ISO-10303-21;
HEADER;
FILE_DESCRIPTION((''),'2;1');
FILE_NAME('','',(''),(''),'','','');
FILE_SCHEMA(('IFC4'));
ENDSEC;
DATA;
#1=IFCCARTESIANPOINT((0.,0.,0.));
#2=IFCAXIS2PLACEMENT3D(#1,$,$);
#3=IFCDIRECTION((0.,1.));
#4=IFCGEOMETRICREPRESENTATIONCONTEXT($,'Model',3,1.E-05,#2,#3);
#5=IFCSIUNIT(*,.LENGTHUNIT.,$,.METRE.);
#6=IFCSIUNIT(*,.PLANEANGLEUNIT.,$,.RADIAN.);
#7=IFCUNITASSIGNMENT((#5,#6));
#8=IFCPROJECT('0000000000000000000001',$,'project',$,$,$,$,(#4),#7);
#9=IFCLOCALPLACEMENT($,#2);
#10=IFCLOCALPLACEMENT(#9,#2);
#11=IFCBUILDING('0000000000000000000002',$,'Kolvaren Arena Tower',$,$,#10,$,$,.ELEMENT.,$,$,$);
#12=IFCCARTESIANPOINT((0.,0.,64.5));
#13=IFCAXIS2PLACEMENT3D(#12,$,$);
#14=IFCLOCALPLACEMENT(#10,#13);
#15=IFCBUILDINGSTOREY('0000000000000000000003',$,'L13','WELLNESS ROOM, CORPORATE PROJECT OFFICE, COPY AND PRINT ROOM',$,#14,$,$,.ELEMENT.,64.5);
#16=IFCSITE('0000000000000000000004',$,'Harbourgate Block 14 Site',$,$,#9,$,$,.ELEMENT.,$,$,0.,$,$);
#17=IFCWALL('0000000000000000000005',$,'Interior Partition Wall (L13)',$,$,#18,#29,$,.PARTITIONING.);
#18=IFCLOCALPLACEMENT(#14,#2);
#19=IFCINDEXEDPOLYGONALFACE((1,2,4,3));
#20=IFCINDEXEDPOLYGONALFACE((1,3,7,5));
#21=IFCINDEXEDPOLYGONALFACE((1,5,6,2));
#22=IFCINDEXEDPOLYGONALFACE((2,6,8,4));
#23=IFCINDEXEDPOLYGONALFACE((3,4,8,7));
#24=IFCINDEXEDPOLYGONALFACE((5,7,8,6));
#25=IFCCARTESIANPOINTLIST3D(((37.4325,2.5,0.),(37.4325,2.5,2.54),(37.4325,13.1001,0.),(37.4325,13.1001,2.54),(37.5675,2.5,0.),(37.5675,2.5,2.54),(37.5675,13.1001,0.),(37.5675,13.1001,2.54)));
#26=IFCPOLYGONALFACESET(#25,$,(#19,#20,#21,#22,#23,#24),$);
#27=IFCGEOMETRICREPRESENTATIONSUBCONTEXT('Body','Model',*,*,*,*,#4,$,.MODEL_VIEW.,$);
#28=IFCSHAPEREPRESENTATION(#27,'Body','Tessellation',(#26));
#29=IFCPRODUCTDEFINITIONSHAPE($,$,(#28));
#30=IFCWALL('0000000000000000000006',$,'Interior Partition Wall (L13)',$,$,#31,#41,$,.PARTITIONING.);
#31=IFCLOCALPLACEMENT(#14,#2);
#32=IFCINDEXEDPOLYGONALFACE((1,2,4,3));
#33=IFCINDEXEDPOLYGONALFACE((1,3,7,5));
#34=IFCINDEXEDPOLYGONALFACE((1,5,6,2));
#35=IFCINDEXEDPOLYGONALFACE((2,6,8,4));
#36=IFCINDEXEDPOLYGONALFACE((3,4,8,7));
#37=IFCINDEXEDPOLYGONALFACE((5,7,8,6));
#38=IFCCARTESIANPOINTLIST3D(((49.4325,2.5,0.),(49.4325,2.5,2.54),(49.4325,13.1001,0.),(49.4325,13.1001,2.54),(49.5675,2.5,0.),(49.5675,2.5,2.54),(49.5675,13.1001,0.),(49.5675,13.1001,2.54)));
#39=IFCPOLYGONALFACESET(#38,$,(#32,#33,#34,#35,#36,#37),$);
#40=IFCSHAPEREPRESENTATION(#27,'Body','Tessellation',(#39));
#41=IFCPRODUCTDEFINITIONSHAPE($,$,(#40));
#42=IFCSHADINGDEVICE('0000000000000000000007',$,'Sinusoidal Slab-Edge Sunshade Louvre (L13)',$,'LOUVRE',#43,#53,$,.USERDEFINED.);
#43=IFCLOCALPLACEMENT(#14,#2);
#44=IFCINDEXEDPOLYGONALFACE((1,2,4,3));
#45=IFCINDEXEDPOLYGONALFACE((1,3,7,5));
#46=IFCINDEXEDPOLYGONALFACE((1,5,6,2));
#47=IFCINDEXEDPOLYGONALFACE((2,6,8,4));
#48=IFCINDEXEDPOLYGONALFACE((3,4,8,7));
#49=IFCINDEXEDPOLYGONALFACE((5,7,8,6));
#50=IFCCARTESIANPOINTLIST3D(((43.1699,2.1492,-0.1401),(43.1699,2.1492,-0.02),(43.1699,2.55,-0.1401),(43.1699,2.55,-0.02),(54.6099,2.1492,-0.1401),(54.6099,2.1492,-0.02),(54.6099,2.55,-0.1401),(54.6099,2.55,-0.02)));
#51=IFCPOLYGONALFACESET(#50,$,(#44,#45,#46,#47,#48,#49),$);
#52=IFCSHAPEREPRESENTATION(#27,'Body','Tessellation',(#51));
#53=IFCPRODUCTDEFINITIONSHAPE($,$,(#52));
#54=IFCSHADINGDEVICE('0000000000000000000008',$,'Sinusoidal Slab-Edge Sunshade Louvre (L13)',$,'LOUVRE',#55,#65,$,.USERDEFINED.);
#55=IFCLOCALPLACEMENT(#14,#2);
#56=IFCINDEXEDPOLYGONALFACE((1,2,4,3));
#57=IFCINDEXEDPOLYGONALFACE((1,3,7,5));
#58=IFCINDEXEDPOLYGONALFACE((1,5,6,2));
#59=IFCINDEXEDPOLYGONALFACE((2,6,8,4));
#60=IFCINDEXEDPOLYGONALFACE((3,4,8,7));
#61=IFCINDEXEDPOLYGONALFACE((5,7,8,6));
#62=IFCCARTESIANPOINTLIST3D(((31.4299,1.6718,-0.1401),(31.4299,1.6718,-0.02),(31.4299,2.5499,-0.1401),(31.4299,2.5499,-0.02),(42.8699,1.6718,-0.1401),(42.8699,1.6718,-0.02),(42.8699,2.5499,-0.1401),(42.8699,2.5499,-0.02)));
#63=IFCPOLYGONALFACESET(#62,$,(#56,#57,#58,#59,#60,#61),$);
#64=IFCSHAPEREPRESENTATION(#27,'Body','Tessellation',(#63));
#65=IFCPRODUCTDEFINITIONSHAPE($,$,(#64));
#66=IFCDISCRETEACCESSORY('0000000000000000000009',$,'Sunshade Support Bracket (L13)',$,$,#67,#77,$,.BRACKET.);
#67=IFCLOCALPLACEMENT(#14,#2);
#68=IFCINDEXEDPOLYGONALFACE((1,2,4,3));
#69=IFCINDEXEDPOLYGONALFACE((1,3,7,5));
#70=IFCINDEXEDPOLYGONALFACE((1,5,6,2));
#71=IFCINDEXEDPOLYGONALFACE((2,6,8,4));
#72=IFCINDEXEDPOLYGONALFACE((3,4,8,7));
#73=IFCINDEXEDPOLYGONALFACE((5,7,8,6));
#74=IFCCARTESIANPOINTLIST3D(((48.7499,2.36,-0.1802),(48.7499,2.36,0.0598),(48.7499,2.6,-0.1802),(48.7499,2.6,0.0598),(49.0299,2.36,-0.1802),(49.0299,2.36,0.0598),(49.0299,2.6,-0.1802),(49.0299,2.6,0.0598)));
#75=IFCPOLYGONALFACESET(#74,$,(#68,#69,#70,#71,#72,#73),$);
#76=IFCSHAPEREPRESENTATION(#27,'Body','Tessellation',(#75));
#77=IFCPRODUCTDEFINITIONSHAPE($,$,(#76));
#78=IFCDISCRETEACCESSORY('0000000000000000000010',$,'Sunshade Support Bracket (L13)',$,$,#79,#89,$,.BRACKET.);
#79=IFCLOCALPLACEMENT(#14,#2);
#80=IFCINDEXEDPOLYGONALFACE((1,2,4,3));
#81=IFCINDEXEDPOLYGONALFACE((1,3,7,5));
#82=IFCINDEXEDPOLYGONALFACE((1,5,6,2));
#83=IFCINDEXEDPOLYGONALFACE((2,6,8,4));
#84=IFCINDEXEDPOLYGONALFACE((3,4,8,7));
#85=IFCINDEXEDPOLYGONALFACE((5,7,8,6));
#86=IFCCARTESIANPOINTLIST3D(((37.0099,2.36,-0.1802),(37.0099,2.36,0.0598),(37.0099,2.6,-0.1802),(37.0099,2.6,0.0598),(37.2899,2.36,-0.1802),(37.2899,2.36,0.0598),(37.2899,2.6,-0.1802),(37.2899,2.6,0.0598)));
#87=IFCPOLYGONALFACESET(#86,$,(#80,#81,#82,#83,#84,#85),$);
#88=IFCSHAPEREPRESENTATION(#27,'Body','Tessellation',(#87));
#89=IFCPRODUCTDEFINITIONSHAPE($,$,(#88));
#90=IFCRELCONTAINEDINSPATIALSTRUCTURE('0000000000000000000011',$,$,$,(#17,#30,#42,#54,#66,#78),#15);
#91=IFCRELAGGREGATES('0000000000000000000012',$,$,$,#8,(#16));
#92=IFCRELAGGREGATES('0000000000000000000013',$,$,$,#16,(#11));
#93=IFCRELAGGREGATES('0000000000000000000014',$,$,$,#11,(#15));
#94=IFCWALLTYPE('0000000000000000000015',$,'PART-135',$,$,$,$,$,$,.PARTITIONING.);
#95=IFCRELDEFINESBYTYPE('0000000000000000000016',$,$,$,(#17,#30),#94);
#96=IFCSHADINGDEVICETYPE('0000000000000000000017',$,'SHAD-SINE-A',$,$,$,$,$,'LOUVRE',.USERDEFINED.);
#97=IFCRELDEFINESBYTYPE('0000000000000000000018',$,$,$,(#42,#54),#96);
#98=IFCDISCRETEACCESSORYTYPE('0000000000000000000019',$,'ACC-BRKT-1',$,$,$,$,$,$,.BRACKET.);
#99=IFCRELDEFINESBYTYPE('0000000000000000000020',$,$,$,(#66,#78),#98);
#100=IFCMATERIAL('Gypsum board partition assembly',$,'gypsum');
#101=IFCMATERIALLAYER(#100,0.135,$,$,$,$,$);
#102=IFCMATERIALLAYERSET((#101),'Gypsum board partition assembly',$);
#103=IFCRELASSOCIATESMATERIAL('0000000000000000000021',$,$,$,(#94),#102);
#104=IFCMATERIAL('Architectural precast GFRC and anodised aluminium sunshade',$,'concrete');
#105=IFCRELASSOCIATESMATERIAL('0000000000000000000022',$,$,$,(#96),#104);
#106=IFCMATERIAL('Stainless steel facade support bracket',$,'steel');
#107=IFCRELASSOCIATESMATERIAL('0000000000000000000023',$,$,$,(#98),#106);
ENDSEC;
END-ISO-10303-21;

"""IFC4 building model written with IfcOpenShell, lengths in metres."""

from ifc_helpers import new_model, si_unit, direction, frame, frame_2d, origin, origin_2d, place, context, subcontext, project, spatial, rectangle, extrude, material, layer, layer_set, type_object, element, save


model = new_model("IFC4")

# Units and contexts
model_context = context("Model", 3, precision=1e-05, world=origin(), true_north=direction((0.0, 1.0)))
body_context = subcontext(model_context, "Body", "Model", "MODEL_VIEW")
ifc_project = project(units=[si_unit("LENGTHUNIT", "METRE"), si_unit("PLANEANGLEUNIT", "RADIAN")], contexts=[model_context])

# Site, building, storey
site_placement = place(None, origin())
site = spatial("IfcSite", under=ifc_project, at=site_placement, Name="Harbourgate Block 14 Site", CompositionType="ELEMENT", RefElevation=0.0)
building_placement = place(site_placement, origin())
building = spatial("IfcBuilding", under=site, at=building_placement, Name="Kolvaren Arena Tower", CompositionType="ELEMENT")
storey_placement = place(building_placement, frame((0.0, 0.0, 64.5)))
storey = spatial("IfcBuildingStorey", under=building, at=storey_placement, Name="L13", Description="WELLNESS ROOM, CORPORATE PROJECT OFFICE, COPY AND PRINT ROOM", CompositionType="ELEMENT", Elevation=64.5)

# Walls
ifc_material_1 = material(Name="Gypsum board partition assembly", Category="gypsum")
ifc_layer_1 = layer(ifc_material_1, 0.135)
ifc_layer_set_1 = layer_set([ifc_layer_1], Name="Gypsum board partition assembly")
wall_type_1 = type_object("IfcWallType", Name="PART-135", PredefinedType="PARTITIONING", material=ifc_layer_set_1)
for number, where, z_axis, x_axis, name in (
    (1, (37.5, 2.5, 0.0), (0.0, 0.0, 1.0), (0.0, 1.0, 0.0), "Interior Partition Wall (L13)"),
    (2, (49.5, 2.5, 0.0), (0.0, 0.0, 1.0), (0.0, 1.0, 0.0), "Interior Partition Wall (L13)"),
):
    element("IfcWall", number, at=place(storey_placement, frame(where, z_axis=z_axis, x_axis=x_axis)), inside=storey, type_object=wall_type_1, Name=name, PredefinedType="PARTITIONING", context=body_context, shape_type="SweptSolid", body=[
        extrude(rectangle(XDim=10.6001, YDim=0.135, at=frame_2d((5.3, 0.0))), origin(), (0.0, 0.0, 1.0), 2.54),
    ])

# Shading devices
ifc_material_2 = material(Name="Architectural precast GFRC and anodised aluminium sunshade", Category="concrete")
shading_device_type = type_object("IfcShadingDeviceType", Name="SHAD-SINE-A", ElementType="LOUVRE", PredefinedType="USERDEFINED", material=ifc_material_2)
shading_device_1_placement = place(storey_placement, frame((48.8899, 2.3496, -0.1401), z_axis=(0.0, 0.0, 1.0), x_axis=(-1.0, 0.0, 0.0)))
element("IfcShadingDevice", 3, at=shading_device_1_placement, inside=storey, type_object=shading_device_type, Name="Sinusoidal Slab-Edge Sunshade Louvre (L13)", ObjectType="LOUVRE", PredefinedType="USERDEFINED", context=body_context, shape_type="SweptSolid", body=[
    extrude(rectangle(XDim=11.4399, YDim=0.4009, at=origin_2d()), origin(), (0.0, 0.0, 1.0), 0.1201),
])
shading_device_2_placement = place(storey_placement, frame((37.1499, 2.1108, -0.1401), z_axis=(0.0, 0.0, 1.0), x_axis=(-1.0, 0.0, 0.0)))
element("IfcShadingDevice", 4, at=shading_device_2_placement, inside=storey, type_object=shading_device_type, Name="Sinusoidal Slab-Edge Sunshade Louvre (L13)", ObjectType="LOUVRE", PredefinedType="USERDEFINED", context=body_context, shape_type="SweptSolid", body=[
    extrude(rectangle(XDim=11.4399, YDim=0.8782, at=origin_2d()), origin(), (0.0, 0.0, 1.0), 0.1201),
])

# Discrete accessories
ifc_material_3 = material(Name="Stainless steel facade support bracket", Category="steel")
discrete_accessory_type = type_object("IfcDiscreteAccessoryType", Name="ACC-BRKT-1", PredefinedType="BRACKET", material=ifc_material_3)
for number, where, z_axis, x_axis, name in (
    (5, (48.8899, 2.48, -0.1802), (0.0, 0.0, 1.0), (-1.0, 0.0, 0.0), "Sunshade Support Bracket (L13)"),
    (6, (37.1499, 2.48, -0.1802), (0.0, 0.0, 1.0), (-1.0, 0.0, 0.0), "Sunshade Support Bracket (L13)"),
):
    element("IfcDiscreteAccessory", number, at=place(storey_placement, frame(where, z_axis=z_axis, x_axis=x_axis)), inside=storey, type_object=discrete_accessory_type, Name=name, PredefinedType="BRACKET", context=body_context, shape_type="SweptSolid", body=[
        extrude(rectangle(XDim=0.28, YDim=0.24, at=origin_2d()), origin(), (0.0, 0.0, 1.0), 0.24),
    ])

save(model, "model.ifc")
